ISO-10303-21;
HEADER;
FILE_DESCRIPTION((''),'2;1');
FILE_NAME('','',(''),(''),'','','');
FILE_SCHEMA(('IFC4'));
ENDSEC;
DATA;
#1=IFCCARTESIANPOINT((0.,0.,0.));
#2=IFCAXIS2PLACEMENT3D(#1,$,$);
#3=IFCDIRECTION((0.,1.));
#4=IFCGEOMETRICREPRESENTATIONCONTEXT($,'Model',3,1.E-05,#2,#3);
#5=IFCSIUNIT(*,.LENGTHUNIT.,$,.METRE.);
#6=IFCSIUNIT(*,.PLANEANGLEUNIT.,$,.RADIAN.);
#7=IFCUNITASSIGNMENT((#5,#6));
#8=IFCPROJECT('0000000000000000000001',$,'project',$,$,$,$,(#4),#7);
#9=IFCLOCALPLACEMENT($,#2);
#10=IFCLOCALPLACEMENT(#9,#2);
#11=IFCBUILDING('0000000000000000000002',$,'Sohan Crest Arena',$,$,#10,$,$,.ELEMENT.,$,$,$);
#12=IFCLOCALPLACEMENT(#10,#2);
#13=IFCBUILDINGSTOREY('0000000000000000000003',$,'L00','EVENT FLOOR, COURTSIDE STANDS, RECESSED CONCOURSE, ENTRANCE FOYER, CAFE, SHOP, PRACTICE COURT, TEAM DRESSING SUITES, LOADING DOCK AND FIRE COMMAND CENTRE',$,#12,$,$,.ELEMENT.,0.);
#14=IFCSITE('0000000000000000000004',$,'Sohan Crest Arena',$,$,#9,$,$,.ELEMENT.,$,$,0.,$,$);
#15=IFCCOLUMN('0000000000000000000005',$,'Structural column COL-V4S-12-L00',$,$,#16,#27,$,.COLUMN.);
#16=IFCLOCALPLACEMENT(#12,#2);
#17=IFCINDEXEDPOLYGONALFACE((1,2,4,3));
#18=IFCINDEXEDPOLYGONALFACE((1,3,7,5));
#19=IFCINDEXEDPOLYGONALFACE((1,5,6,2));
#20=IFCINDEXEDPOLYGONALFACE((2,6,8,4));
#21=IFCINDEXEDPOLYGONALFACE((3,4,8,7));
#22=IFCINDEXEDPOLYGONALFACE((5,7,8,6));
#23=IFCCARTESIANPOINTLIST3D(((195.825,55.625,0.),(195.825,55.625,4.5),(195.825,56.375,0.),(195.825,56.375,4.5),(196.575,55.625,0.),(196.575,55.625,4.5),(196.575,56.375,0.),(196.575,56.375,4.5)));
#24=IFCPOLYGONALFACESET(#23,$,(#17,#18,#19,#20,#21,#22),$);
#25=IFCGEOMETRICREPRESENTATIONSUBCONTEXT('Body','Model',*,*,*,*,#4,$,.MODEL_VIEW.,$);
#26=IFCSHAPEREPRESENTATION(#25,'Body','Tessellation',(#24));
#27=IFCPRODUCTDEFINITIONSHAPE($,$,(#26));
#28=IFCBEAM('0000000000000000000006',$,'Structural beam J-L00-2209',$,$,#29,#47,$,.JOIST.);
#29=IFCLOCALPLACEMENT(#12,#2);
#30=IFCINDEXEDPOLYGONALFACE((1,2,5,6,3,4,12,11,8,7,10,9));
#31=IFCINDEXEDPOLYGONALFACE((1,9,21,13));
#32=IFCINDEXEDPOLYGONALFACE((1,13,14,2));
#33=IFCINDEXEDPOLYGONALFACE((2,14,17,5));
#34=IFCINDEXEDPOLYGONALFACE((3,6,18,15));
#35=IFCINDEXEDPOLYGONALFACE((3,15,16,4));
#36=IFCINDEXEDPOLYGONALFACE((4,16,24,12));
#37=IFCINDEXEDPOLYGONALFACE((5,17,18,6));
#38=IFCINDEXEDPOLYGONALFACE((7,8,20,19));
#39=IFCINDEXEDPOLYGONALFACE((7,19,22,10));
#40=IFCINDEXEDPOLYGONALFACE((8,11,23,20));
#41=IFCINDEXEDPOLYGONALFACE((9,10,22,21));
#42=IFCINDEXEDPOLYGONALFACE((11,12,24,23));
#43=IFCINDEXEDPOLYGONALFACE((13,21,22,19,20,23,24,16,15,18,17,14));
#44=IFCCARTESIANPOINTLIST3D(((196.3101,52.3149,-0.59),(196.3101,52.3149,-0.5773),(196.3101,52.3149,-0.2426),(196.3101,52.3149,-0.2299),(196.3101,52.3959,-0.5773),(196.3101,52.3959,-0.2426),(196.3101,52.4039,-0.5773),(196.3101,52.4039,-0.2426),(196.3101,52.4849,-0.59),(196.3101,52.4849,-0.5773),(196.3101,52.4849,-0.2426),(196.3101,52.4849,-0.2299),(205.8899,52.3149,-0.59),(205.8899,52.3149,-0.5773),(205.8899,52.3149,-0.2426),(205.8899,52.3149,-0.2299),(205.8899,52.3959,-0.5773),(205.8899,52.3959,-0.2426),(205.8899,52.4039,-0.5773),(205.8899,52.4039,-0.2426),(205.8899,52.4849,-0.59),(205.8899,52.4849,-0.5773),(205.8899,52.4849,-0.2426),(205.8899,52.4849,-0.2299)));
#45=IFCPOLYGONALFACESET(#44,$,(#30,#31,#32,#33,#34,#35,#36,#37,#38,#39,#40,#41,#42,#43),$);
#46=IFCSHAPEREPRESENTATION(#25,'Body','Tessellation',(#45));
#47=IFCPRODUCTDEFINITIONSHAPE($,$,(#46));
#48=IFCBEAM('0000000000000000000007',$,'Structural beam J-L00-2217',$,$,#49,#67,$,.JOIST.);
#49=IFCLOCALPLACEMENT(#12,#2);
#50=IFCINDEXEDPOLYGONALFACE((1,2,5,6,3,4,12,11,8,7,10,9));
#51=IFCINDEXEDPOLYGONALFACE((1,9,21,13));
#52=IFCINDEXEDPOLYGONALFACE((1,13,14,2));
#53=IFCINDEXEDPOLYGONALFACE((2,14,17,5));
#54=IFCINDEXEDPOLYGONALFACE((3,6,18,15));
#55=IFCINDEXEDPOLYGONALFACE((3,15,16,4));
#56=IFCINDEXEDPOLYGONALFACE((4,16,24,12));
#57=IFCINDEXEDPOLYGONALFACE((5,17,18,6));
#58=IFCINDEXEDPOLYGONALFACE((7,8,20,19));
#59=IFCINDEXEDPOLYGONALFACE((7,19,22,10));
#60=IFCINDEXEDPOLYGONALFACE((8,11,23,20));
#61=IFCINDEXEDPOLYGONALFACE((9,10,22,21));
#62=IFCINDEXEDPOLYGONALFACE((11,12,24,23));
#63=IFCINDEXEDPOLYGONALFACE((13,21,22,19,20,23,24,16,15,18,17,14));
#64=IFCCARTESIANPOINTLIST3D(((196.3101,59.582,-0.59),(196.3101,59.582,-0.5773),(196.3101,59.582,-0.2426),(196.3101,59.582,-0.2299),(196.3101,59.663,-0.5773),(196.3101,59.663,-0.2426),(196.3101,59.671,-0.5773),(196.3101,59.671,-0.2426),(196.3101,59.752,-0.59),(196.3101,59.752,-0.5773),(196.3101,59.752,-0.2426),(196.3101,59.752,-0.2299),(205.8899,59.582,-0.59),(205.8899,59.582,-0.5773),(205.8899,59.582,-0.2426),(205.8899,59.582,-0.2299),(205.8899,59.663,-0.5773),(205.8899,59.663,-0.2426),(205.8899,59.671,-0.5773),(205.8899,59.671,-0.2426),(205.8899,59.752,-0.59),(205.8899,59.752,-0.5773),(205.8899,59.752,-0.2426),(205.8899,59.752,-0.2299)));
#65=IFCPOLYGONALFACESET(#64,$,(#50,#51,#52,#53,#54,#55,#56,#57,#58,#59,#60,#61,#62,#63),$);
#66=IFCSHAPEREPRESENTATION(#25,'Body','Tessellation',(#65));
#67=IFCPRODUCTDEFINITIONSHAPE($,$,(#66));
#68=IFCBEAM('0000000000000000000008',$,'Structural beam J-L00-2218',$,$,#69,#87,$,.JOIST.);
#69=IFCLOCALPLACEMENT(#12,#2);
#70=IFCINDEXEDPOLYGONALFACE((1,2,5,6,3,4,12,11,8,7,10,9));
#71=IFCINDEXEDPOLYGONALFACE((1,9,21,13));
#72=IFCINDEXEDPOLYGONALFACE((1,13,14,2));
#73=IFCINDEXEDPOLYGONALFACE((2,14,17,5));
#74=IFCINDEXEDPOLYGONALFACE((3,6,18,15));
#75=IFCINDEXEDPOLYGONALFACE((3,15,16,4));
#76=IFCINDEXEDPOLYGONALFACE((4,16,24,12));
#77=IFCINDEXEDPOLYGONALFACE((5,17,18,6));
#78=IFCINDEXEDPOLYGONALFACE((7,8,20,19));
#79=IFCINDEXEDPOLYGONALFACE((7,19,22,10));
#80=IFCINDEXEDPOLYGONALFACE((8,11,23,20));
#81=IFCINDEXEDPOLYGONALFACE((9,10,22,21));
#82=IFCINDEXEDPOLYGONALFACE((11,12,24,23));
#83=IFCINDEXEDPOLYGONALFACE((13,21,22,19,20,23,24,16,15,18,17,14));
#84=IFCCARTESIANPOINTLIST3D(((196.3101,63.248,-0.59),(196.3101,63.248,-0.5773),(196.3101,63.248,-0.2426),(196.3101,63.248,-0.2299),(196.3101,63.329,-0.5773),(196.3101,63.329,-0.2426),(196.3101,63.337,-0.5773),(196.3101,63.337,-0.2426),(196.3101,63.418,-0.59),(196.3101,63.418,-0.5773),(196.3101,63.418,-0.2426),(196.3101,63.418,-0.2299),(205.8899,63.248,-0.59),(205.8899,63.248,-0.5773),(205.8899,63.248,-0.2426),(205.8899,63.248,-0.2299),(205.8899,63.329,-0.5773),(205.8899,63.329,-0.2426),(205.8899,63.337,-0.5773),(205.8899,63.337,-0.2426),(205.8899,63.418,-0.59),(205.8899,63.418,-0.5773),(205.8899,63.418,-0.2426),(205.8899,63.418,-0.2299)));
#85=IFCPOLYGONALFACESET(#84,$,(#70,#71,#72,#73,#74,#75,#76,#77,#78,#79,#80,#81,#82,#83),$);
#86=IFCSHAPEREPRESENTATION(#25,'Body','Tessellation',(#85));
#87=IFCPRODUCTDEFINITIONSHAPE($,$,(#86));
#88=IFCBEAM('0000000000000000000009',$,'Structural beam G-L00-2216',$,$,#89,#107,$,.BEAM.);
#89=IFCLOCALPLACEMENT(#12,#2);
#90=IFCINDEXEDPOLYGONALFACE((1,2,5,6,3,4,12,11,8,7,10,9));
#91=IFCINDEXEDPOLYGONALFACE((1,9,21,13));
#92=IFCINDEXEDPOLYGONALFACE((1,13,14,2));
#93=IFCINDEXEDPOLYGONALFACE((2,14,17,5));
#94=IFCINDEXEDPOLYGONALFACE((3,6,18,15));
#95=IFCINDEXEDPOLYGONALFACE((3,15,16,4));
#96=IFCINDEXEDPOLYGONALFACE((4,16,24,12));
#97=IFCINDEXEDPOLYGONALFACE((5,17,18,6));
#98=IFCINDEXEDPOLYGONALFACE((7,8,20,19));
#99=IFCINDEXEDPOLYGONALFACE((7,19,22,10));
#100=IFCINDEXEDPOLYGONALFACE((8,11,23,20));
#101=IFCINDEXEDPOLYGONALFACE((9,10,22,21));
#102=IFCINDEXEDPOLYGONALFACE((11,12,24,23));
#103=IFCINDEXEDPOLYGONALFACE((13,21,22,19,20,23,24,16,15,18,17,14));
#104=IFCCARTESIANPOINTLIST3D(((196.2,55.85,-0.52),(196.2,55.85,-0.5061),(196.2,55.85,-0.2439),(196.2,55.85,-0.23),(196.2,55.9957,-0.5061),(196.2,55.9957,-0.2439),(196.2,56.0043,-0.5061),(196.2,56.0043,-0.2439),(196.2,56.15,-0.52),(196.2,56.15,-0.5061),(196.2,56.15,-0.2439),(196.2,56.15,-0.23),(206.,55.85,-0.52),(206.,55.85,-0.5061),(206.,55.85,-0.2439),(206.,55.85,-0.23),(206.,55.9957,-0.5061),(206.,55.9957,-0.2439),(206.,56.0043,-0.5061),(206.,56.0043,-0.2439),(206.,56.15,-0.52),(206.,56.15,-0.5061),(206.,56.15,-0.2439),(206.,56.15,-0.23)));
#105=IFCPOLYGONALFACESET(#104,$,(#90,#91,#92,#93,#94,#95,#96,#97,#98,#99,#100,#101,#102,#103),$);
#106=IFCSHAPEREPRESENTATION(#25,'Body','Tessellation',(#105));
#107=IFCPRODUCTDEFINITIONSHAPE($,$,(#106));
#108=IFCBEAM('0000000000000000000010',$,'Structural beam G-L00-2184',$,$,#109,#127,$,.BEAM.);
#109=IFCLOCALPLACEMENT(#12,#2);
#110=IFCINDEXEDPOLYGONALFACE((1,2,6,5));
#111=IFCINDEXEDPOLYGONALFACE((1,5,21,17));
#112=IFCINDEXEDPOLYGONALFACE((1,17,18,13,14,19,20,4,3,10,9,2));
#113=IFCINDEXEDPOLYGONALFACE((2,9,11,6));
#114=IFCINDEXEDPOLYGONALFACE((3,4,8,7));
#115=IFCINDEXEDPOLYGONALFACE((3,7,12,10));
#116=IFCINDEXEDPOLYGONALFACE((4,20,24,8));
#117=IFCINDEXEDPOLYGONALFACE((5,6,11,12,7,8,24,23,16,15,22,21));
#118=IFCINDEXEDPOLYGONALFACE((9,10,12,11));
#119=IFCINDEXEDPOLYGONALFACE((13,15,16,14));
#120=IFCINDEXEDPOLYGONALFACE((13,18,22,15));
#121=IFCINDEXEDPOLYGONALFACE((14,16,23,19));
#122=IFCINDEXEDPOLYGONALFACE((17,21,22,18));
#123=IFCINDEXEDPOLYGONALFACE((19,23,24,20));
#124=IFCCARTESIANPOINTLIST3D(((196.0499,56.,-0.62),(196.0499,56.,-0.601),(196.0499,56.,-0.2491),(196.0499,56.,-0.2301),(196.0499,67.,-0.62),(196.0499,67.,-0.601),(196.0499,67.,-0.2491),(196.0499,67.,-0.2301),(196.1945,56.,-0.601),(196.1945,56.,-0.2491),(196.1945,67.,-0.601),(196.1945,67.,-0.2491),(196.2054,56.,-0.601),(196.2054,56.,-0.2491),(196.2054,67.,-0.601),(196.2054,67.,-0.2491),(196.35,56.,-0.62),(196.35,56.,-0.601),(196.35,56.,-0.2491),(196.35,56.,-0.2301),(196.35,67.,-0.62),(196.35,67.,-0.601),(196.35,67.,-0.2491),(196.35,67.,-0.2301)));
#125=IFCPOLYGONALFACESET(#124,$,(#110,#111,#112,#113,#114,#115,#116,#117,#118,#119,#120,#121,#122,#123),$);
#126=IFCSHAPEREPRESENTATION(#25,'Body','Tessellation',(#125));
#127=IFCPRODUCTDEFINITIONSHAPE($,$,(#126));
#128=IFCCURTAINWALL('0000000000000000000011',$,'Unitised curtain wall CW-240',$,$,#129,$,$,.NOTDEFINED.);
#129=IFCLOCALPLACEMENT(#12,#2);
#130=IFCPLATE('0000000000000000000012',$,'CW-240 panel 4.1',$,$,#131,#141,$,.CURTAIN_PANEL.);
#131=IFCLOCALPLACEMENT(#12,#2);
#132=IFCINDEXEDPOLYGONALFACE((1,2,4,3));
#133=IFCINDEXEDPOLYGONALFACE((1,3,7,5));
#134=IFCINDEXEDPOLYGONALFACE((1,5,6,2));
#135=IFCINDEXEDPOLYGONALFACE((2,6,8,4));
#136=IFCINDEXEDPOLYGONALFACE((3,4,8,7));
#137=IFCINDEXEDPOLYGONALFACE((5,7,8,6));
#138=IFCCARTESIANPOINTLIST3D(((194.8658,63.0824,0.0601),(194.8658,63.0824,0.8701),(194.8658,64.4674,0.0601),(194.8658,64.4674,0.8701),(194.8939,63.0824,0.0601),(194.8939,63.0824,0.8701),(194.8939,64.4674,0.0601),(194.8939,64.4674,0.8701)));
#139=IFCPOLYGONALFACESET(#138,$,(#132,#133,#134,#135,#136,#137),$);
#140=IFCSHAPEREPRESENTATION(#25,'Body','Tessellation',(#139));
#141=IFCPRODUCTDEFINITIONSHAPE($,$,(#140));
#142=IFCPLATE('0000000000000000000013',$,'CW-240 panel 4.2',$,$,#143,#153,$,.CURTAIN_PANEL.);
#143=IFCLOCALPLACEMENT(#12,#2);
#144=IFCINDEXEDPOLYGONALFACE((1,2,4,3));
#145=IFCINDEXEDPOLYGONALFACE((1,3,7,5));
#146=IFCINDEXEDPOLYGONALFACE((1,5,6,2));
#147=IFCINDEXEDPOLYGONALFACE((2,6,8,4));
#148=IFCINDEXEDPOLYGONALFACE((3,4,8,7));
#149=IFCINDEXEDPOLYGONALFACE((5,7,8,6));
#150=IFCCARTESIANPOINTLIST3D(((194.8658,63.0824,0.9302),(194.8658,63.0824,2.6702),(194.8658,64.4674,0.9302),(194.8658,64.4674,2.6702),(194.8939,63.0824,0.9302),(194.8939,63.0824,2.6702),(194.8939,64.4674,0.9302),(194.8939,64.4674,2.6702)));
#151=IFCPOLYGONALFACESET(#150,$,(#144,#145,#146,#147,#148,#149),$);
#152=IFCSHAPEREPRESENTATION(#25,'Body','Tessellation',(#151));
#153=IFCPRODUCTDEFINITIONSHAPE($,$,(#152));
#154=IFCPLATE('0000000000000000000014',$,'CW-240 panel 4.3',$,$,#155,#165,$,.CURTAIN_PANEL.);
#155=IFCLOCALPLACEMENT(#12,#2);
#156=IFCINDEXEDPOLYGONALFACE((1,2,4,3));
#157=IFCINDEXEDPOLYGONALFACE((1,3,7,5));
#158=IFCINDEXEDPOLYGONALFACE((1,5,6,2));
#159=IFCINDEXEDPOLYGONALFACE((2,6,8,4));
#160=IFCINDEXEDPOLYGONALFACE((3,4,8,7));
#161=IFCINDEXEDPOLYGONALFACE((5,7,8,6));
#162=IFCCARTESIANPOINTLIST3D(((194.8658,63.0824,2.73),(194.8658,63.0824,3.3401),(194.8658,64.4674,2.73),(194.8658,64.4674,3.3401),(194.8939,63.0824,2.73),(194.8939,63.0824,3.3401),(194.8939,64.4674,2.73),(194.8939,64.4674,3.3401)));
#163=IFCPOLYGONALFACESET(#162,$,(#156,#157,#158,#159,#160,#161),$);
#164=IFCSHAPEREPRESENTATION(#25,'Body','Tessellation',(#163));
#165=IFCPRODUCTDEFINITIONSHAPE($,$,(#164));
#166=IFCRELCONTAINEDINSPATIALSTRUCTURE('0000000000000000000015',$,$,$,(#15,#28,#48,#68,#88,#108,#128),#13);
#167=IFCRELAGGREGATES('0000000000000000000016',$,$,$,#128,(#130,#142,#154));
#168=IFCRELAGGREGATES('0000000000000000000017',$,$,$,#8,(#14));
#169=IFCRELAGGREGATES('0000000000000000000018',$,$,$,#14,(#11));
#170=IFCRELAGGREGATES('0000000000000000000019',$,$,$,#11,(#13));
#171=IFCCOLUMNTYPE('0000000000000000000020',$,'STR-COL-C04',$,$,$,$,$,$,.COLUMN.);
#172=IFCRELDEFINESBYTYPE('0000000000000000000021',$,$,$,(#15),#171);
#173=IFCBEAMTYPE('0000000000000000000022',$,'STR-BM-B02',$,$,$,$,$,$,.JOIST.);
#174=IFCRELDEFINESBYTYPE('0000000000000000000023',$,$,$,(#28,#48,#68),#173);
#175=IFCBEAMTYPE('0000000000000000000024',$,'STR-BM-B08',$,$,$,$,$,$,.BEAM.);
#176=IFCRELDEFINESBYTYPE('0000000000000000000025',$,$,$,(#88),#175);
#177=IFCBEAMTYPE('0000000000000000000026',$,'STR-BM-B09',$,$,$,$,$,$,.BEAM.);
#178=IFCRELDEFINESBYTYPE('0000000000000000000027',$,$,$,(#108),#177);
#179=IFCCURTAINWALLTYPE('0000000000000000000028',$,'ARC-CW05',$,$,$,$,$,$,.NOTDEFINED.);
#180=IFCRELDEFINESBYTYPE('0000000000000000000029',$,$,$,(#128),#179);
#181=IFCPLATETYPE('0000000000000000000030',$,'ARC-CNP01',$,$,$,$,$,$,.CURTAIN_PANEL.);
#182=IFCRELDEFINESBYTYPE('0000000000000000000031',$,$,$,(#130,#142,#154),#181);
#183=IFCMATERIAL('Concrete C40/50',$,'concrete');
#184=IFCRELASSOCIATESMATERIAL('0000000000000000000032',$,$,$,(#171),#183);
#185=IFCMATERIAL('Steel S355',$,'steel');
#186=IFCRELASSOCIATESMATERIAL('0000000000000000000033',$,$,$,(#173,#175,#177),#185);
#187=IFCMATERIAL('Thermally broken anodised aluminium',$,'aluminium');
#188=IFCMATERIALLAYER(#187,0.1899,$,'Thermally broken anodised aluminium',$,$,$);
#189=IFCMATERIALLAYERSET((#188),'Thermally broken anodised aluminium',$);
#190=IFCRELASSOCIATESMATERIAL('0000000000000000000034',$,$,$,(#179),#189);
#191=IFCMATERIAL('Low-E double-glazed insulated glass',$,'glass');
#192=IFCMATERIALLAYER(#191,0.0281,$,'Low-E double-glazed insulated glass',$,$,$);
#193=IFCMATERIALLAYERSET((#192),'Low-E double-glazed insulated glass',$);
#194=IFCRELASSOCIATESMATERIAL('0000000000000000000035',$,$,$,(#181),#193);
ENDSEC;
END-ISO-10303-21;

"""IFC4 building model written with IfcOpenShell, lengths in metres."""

from ifc_helpers import new_model, si_unit, direction, frame, origin, origin_2d, place, context, subcontext, project, spatial, rectangle, i_section, extrude, material, layer, layer_set, material_profile, profile_set, type_object, element, aggregate, save


model = new_model("IFC4")

# Units and contexts
model_context = context("Model", 3, precision=1e-05, world=origin(), true_north=direction((0.0, 1.0)))
body_context = subcontext(model_context, "Body", "Model", "MODEL_VIEW")
ifc_project = project(units=[si_unit("LENGTHUNIT", "METRE"), si_unit("PLANEANGLEUNIT", "RADIAN")], contexts=[model_context])

# Site, building, storey
site_placement = place(None, origin())
site = spatial("IfcSite", under=ifc_project, at=site_placement, Name="Sohan Crest Arena", CompositionType="ELEMENT", RefElevation=0.0)
building_placement = place(site_placement, origin())
building = spatial("IfcBuilding", under=site, at=building_placement, Name="Sohan Crest Arena", CompositionType="ELEMENT")
storey_placement = place(building_placement, origin())
storey = spatial("IfcBuildingStorey", under=building, at=storey_placement, Name="L00", Description="EVENT FLOOR, COURTSIDE STANDS, RECESSED CONCOURSE, ENTRANCE FOYER, CAFE, SHOP, PRACTICE COURT, TEAM DRESSING SUITES, LOADING DOCK AND FIRE COMMAND CENTRE", CompositionType="ELEMENT", Elevation=0.0)

# Column
ifc_material_1 = material(Name="Concrete C40/50", Category="concrete")
ifc_material_profile_1 = material_profile(ifc_material_1, rectangle(XDim=0.75, YDim=0.75, at=origin_2d()), Name="RC 750x750")
ifc_profile_set_1 = profile_set([ifc_material_profile_1], Name="Concrete C40/50")
column_type = type_object("IfcColumnType", Name="STR-COL-C04", PredefinedType="COLUMN", material=ifc_profile_set_1)
column_placement = place(storey_placement, frame((196.2, 56.0, 0.0), z_axis=(0.0, 0.0, 1.0), x_axis=(1.0, 0.0, 0.0)))
element("IfcColumn", 1, at=column_placement, inside=storey, type_object=column_type, Name="Structural column COL-V4S-12-L00", PredefinedType="COLUMN", context=body_context, shape_type="SweptSolid", body=[
    extrude(rectangle(XDim=0.75, YDim=0.75, at=origin_2d()), origin(), (0.0, 0.0, 1.0), 4.5),
])

# Beams
ifc_material_2 = material(Name="Steel S355", Category="steel")
ifc_material_profile_2 = material_profile(ifc_material_2, i_section(OverallWidth=0.1699, OverallDepth=0.3601, WebThickness=0.0081, FlangeThickness=0.0127, at=origin_2d()), Name="IPE 360")
ifc_profile_set_2 = profile_set([ifc_material_profile_2], Name="Steel S355")
beam_type_1 = type_object("IfcBeamType", Name="STR-BM-B02", PredefinedType="JOIST", material=ifc_profile_set_2)
for number, where, z_axis, x_axis, name in (
    (2, (196.3101, 52.3999, -0.4099), (1.0, 0.0, 0.0), (0.0, 1.0, 0.0), "Structural beam J-L00-2209"),
    (3, (196.3101, 59.667, -0.4099), (1.0, 0.0, 0.0), (0.0, 1.0, 0.0), "Structural beam J-L00-2217"),
    (4, (196.3101, 63.333, -0.4099), (1.0, 0.0, 0.0), (0.0, 1.0, 0.0), "Structural beam J-L00-2218"),
):
    element("IfcBeam", number, at=place(storey_placement, frame(where, z_axis=z_axis, x_axis=x_axis)), inside=storey, type_object=beam_type_1, Name=name, PredefinedType="JOIST", context=body_context, shape_type="SweptSolid", body=[
        extrude(i_section(OverallWidth=0.1699, OverallDepth=0.3601, WebThickness=0.0081, FlangeThickness=0.0127, at=origin_2d()), origin(), (0.0, 0.0, 1.0), 9.5798),
    ])
ifc_material_profile_3 = material_profile(ifc_material_2, i_section(OverallWidth=0.3, OverallDepth=0.29, WebThickness=0.0085, FlangeThickness=0.0139, at=origin_2d()), Name="HEA 300")
ifc_profile_set_3 = profile_set([ifc_material_profile_3], Name="Steel S355")
beam_type_2 = type_object("IfcBeamType", Name="STR-BM-B08", PredefinedType="BEAM", material=ifc_profile_set_3)
beam_1_placement = place(storey_placement, frame((196.2, 56.0, -0.375), z_axis=(1.0, 0.0, 0.0), x_axis=(0.0, 1.0, 0.0)))
element("IfcBeam", 5, at=beam_1_placement, inside=storey, type_object=beam_type_2, Name="Structural beam G-L00-2216", PredefinedType="BEAM", context=body_context, shape_type="SweptSolid", body=[
    extrude(i_section(OverallWidth=0.3, OverallDepth=0.29, WebThickness=0.0085, FlangeThickness=0.0139, at=origin_2d()), origin(), (0.0, 0.0, 1.0), 9.8),
])
ifc_material_profile_4 = material_profile(ifc_material_2, i_section(OverallWidth=0.3, OverallDepth=0.3899, WebThickness=0.011, FlangeThickness=0.019, at=origin_2d()), Name="HEA 400")
ifc_profile_set_4 = profile_set([ifc_material_profile_4], Name="Steel S355")
beam_type_3 = type_object("IfcBeamType", Name="STR-BM-B09", PredefinedType="BEAM", material=ifc_profile_set_4)
beam_2_placement = place(storey_placement, frame((196.2, 56.0, -0.425), z_axis=(0.0, 1.0, 0.0), x_axis=(-1.0, 0.0, 0.0)))
element("IfcBeam", 6, at=beam_2_placement, inside=storey, type_object=beam_type_3, Name="Structural beam G-L00-2184", PredefinedType="BEAM", context=body_context, shape_type="SweptSolid", body=[
    extrude(i_section(OverallWidth=0.3, OverallDepth=0.3899, WebThickness=0.011, FlangeThickness=0.019, at=origin_2d()), origin(), (0.0, 0.0, 1.0), 11.0),
])

# Curtain wall, plates
ifc_material_3 = material(Name="Thermally broken anodised aluminium", Category="aluminium")
ifc_layer_1 = layer(ifc_material_3, 0.1899, Name="Thermally broken anodised aluminium")
ifc_layer_set_1 = layer_set([ifc_layer_1], Name="Thermally broken anodised aluminium")
curtain_wall_type = type_object("IfcCurtainWallType", Name="ARC-CW05", PredefinedType="NOTDEFINED", material=ifc_layer_set_1)
curtain_wall_placement = place(storey_placement, origin())
curtain_wall = element("IfcCurtainWall", 7, at=curtain_wall_placement, inside=storey, type_object=curtain_wall_type, Name="Unitised curtain wall CW-240", PredefinedType="NOTDEFINED")
ifc_material_4 = material(Name="Low-E double-glazed insulated glass", Category="glass")
ifc_layer_2 = layer(ifc_material_4, 0.0281, Name="Low-E double-glazed insulated glass")
ifc_layer_set_2 = layer_set([ifc_layer_2], Name="Low-E double-glazed insulated glass")
plate_type = type_object("IfcPlateType", Name="ARC-CNP01", PredefinedType="CURTAIN_PANEL", material=ifc_layer_set_2)
plate_1_placement = place(storey_placement, frame((194.8799, 63.7749, 0.0601), z_axis=(0.0, 0.0, 1.0), x_axis=(0.0, 1.0, 0.0)))
plate_1 = element("IfcPlate", 8, at=plate_1_placement, type_object=plate_type, Name="CW-240 panel 4.1", PredefinedType="CURTAIN_PANEL", context=body_context, shape_type="SweptSolid", body=[
    extrude(rectangle(XDim=1.385, YDim=0.0281, at=origin_2d()), origin(), (0.0, 0.0, 1.0), 0.8101),
])
plate_2_placement = place(storey_placement, frame((194.8799, 63.7749, 0.9302), z_axis=(0.0, 0.0, 1.0), x_axis=(0.0, 1.0, 0.0)))
plate_2 = element("IfcPlate", 9, at=plate_2_placement, type_object=plate_type, Name="CW-240 panel 4.2", PredefinedType="CURTAIN_PANEL", context=body_context, shape_type="SweptSolid", body=[
    extrude(rectangle(XDim=1.385, YDim=0.0281, at=origin_2d()), origin(), (0.0, 0.0, 1.0), 1.74),
])
plate_3_placement = place(storey_placement, frame((194.8799, 63.7749, 2.73), z_axis=(0.0, 0.0, 1.0), x_axis=(0.0, 1.0, 0.0)))
plate_3 = element("IfcPlate", 10, at=plate_3_placement, type_object=plate_type, Name="CW-240 panel 4.3", PredefinedType="CURTAIN_PANEL", context=body_context, shape_type="SweptSolid", body=[
    extrude(rectangle(XDim=1.385, YDim=0.0281, at=origin_2d()), origin(), (0.0, 0.0, 1.0), 0.6101),
])
aggregate(curtain_wall, [plate_1, plate_2, plate_3])

save(model, "model.ifc")
